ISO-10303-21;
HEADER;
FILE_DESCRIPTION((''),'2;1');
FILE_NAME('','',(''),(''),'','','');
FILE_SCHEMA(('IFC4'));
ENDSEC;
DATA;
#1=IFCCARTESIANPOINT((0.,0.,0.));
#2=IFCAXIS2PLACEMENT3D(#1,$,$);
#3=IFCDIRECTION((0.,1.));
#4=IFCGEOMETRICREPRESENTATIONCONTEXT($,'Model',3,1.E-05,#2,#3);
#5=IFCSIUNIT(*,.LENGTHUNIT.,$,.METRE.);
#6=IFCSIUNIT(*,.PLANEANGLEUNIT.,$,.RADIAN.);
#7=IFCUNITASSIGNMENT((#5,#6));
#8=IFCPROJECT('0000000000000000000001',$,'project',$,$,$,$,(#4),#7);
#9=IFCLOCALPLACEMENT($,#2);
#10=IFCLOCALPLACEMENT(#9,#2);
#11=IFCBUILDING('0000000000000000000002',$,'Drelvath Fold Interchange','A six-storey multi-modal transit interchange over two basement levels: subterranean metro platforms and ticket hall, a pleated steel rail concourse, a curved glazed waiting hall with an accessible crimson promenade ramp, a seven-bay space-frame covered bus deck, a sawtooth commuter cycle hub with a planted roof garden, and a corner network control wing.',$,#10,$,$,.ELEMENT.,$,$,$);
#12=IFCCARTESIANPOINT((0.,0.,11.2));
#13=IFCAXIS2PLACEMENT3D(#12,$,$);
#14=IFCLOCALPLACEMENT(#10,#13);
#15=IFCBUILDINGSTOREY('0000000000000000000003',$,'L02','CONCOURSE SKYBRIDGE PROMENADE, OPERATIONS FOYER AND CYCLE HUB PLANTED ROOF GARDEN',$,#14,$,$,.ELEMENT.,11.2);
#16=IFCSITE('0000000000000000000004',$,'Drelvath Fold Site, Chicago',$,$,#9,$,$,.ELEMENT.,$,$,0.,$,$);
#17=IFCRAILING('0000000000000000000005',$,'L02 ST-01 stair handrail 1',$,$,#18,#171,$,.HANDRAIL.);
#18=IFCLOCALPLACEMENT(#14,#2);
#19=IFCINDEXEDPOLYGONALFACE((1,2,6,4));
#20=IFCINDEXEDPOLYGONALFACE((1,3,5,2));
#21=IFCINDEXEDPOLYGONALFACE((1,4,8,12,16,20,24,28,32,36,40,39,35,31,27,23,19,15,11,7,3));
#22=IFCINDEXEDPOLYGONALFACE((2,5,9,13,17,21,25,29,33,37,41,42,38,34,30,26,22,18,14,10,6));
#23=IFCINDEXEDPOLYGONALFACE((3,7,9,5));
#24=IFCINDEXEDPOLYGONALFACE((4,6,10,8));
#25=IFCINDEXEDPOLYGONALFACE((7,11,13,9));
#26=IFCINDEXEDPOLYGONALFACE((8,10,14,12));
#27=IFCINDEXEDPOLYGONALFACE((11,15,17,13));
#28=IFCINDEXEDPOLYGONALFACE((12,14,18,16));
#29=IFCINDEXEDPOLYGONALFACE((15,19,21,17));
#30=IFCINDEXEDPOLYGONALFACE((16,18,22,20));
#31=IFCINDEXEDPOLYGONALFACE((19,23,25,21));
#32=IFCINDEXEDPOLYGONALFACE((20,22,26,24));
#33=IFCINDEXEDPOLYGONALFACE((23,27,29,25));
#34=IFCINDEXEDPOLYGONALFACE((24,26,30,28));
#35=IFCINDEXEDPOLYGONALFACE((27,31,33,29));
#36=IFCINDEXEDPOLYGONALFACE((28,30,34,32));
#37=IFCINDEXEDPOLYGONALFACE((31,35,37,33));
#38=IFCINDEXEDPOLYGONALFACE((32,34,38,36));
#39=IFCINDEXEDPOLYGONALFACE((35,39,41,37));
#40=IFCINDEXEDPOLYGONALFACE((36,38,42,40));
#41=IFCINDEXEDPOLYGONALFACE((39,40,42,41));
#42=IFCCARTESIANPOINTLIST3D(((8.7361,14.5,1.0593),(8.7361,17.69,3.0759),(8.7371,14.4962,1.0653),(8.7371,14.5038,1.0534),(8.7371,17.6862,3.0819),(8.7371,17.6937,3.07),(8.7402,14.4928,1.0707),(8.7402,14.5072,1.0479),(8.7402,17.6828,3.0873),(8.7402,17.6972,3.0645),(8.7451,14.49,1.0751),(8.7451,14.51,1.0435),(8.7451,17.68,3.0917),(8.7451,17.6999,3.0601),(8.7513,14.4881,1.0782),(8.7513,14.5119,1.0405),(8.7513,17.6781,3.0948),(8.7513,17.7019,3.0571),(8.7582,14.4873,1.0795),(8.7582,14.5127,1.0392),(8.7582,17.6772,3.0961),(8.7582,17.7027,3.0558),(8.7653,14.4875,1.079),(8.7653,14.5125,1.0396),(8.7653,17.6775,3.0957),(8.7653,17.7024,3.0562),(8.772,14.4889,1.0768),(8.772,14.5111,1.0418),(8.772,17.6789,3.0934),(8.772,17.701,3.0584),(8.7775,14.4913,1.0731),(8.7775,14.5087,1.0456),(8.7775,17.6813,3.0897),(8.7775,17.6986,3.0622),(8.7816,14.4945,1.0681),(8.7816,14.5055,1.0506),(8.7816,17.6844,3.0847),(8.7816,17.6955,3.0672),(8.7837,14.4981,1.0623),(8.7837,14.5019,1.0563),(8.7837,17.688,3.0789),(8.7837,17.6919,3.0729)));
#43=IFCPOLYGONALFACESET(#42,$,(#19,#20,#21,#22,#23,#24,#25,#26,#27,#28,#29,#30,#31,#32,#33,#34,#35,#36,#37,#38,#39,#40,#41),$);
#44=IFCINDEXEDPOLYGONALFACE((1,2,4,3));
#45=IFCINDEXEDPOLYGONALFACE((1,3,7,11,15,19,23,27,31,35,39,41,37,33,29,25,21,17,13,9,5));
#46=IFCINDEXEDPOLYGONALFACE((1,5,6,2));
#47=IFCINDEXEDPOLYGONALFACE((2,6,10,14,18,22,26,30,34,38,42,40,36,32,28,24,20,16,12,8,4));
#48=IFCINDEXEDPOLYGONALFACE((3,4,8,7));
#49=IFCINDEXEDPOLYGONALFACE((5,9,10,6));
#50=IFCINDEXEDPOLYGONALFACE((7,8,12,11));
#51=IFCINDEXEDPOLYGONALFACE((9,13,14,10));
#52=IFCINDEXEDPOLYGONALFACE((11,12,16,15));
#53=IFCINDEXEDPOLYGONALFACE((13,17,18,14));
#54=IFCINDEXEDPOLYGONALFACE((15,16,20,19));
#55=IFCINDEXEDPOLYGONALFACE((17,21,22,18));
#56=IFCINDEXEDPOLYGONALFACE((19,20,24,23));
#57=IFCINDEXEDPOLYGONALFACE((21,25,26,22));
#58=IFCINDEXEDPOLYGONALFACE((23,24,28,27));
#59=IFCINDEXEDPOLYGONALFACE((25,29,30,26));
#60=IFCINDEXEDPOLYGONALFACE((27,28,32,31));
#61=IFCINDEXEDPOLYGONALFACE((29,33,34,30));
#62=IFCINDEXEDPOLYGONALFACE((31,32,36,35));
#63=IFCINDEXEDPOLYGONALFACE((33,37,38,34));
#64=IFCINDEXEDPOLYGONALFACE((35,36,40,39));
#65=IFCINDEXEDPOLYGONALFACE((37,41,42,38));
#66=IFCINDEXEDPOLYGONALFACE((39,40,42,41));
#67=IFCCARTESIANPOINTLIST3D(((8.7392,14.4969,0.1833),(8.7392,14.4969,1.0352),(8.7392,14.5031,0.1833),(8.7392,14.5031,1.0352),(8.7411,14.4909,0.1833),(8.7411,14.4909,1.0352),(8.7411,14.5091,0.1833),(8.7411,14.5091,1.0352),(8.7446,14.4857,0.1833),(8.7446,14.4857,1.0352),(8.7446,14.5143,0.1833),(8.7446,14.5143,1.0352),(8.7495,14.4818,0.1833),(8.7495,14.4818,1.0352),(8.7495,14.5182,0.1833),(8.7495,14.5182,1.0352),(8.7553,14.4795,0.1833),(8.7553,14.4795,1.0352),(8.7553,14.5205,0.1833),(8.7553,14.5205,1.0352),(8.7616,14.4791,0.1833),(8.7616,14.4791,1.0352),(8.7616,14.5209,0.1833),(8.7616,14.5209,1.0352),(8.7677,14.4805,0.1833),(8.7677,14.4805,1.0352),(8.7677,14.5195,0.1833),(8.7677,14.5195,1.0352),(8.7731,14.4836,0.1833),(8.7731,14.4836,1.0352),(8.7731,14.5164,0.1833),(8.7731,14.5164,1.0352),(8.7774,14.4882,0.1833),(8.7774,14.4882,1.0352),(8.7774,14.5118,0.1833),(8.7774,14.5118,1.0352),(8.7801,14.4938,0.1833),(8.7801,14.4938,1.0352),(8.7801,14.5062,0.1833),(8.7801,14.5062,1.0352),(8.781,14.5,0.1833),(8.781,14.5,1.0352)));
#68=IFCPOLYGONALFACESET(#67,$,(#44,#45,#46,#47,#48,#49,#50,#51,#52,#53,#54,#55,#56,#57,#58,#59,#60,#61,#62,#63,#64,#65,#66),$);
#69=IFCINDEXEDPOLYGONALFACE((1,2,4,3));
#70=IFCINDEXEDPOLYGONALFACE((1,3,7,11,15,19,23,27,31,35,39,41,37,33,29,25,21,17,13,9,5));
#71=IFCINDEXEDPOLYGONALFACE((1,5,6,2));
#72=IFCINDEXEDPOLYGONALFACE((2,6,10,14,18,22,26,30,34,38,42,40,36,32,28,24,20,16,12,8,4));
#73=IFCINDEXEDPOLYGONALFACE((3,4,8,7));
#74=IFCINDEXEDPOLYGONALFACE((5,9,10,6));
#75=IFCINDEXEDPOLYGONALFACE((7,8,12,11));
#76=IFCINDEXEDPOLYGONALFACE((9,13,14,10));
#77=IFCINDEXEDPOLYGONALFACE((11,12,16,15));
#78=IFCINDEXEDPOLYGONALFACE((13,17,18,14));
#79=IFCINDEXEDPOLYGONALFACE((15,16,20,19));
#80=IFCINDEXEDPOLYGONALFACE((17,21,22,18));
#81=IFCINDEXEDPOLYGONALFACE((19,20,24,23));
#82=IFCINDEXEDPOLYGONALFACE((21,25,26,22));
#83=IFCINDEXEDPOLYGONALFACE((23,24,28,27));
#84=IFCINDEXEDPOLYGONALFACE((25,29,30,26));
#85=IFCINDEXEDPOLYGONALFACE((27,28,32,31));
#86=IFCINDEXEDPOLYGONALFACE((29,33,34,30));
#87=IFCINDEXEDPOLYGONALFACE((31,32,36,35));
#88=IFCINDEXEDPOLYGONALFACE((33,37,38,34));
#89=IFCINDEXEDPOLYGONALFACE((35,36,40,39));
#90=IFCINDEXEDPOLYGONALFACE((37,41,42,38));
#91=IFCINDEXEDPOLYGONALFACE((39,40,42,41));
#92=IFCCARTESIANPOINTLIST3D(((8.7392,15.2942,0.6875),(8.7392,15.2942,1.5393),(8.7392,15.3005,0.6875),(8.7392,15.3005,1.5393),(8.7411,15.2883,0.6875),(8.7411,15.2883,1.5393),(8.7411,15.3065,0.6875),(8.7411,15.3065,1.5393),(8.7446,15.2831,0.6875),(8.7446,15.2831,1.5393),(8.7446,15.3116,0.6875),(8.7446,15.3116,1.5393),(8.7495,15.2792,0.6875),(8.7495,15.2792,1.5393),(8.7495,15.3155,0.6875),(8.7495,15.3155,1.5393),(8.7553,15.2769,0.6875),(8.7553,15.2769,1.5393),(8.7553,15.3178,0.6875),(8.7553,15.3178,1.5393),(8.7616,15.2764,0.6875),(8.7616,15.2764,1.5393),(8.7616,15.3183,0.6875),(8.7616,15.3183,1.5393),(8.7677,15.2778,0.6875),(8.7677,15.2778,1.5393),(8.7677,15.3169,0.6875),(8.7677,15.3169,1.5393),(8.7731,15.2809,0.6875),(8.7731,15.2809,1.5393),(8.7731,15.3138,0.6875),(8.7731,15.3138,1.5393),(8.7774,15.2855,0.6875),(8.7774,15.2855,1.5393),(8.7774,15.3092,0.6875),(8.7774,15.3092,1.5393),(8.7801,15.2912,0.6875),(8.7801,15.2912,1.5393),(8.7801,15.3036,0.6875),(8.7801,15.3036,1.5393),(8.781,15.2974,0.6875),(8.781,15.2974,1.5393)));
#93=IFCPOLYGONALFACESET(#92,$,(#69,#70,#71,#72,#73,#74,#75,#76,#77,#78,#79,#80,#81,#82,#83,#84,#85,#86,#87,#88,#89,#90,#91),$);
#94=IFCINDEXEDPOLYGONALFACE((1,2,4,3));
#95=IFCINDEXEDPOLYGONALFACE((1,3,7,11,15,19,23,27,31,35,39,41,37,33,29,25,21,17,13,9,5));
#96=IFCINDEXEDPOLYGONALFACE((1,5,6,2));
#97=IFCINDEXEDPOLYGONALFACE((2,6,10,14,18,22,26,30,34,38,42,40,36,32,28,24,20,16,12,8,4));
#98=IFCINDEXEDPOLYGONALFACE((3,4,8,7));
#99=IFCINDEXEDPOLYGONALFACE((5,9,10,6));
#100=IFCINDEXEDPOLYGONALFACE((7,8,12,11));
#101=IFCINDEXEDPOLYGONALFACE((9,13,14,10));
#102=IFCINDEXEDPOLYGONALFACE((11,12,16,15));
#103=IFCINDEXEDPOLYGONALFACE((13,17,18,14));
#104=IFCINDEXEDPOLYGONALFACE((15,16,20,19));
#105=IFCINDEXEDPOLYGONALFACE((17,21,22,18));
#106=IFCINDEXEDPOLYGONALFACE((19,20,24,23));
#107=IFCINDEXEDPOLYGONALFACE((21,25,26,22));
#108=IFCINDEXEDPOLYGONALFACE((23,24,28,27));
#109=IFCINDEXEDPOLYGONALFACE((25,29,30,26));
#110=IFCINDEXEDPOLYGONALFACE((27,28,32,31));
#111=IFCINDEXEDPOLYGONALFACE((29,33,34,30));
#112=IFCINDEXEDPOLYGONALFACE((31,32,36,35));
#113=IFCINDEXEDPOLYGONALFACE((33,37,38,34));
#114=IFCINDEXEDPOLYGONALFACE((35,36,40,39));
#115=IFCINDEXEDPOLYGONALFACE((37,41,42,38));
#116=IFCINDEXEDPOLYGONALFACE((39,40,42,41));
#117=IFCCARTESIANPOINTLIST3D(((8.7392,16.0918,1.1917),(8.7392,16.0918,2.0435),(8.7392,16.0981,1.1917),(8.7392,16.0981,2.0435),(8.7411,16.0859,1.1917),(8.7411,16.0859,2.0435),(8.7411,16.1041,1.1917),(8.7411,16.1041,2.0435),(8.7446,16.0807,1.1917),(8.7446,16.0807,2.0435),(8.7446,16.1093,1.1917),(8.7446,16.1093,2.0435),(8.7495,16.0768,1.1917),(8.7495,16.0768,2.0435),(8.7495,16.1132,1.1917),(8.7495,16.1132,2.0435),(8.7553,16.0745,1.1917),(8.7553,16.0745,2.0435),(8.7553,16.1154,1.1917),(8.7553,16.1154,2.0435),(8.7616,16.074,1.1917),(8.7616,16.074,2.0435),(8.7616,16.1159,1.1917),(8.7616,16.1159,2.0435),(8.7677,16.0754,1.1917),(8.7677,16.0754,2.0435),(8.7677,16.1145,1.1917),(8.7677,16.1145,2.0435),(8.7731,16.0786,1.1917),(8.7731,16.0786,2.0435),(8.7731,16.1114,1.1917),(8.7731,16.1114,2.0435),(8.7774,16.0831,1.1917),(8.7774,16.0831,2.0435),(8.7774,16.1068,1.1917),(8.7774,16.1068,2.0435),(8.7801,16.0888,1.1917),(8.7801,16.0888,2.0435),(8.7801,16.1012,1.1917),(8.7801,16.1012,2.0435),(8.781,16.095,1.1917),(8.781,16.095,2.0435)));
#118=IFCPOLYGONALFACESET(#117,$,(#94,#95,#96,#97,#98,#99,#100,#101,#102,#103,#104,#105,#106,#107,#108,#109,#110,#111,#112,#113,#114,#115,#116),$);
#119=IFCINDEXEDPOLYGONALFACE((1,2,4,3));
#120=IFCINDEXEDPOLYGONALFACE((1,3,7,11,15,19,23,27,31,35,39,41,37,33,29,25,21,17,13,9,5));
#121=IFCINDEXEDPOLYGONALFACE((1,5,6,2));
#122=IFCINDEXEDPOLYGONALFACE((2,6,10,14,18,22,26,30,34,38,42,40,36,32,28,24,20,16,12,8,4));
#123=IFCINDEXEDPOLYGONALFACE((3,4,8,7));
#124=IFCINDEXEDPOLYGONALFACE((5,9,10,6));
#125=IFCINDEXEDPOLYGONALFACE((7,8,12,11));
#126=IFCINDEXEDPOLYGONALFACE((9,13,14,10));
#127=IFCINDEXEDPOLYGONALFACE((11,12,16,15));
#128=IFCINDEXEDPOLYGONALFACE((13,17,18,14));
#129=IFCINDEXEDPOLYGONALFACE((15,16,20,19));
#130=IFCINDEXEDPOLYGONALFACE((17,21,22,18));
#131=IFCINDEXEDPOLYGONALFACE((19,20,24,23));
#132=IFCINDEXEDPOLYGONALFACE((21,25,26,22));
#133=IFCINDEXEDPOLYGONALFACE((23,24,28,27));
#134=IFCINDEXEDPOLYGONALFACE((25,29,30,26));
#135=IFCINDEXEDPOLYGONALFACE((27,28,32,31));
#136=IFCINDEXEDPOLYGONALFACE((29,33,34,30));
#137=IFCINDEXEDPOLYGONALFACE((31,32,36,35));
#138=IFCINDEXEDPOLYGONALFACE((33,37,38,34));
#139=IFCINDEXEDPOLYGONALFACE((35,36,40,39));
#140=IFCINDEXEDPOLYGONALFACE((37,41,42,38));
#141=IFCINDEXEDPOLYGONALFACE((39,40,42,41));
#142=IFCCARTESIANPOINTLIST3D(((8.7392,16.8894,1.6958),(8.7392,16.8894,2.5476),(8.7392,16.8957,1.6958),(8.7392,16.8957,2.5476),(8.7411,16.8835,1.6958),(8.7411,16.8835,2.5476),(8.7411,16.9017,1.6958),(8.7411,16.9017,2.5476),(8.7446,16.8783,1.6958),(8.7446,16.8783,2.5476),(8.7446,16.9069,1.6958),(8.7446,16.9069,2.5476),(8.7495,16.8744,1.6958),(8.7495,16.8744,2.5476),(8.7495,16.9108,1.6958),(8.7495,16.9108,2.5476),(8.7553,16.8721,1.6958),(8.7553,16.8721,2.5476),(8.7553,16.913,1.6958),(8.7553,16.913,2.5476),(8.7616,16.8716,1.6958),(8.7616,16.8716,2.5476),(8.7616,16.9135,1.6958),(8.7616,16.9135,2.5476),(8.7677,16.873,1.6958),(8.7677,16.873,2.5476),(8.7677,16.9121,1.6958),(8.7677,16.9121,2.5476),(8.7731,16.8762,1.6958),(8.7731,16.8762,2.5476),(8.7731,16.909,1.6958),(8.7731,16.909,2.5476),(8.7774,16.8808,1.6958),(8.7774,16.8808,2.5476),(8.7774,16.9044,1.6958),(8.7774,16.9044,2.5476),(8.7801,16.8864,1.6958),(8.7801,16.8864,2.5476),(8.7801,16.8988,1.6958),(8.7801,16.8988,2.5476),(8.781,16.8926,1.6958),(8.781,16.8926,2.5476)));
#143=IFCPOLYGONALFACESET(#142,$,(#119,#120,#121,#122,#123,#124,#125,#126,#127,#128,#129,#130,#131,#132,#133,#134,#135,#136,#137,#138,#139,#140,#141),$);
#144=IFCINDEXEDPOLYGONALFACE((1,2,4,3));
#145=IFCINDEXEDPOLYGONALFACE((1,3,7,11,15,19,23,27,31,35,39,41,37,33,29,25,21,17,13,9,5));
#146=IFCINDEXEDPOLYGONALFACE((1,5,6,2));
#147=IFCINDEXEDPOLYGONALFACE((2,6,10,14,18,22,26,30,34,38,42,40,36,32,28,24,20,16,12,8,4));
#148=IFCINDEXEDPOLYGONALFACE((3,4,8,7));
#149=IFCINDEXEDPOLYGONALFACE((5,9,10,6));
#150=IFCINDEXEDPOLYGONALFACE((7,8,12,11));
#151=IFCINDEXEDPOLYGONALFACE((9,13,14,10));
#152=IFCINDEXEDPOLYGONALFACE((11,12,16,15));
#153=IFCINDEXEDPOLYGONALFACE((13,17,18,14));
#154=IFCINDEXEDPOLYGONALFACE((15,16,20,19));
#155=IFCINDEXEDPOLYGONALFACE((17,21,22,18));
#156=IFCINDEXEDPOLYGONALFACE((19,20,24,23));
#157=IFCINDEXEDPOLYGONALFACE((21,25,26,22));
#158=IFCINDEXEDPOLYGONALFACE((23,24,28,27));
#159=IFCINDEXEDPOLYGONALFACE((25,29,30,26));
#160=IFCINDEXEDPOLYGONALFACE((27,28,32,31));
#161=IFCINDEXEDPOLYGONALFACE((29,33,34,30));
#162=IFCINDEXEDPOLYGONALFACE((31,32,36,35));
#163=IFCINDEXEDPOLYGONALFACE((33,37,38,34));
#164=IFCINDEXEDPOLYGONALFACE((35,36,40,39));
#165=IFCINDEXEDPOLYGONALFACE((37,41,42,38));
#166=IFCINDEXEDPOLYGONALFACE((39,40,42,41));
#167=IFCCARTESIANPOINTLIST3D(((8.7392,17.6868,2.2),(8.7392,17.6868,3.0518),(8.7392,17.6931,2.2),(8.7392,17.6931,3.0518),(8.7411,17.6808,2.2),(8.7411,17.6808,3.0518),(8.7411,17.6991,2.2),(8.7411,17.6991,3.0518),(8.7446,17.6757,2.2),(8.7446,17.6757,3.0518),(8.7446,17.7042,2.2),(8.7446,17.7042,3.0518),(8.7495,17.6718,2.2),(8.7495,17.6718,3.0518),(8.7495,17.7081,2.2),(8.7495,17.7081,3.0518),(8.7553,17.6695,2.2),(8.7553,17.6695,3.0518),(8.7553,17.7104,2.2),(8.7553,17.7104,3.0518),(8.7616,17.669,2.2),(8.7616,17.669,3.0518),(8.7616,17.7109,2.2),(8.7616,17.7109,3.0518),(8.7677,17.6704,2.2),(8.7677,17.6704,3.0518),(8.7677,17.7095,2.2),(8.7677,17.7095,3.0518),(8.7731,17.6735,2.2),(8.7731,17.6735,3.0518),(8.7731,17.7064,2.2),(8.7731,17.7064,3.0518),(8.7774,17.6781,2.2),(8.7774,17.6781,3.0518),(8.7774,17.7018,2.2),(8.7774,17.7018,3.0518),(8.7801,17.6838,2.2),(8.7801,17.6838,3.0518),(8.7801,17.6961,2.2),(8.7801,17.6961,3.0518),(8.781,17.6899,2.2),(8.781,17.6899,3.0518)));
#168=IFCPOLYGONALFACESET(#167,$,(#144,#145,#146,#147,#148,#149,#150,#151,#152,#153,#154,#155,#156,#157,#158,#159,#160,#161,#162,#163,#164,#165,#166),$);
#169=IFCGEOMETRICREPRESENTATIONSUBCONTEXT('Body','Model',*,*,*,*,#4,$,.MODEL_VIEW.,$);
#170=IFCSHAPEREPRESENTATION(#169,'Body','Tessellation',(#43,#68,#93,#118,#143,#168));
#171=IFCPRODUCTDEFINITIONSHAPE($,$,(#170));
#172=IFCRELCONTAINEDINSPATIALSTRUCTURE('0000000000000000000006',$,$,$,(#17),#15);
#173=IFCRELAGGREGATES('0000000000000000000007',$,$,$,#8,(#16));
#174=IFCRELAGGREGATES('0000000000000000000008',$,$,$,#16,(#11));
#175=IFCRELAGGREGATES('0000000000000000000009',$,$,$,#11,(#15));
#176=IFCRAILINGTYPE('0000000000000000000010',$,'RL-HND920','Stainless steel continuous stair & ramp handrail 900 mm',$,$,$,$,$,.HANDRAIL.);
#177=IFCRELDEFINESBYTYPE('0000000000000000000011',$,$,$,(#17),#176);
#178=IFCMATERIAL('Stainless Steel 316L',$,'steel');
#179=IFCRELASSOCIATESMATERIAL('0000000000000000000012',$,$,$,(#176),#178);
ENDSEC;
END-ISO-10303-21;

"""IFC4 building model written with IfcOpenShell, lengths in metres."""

from ifc_helpers import new_model, si_unit, direction, frame, origin, origin_2d, place, context, subcontext, project, spatial, circle, extrude, material, type_object, element, save


model = new_model("IFC4")

# Units and contexts
model_context = context("Model", 3, precision=1e-05, world=origin(), true_north=direction((0.0, 1.0)))
body_context = subcontext(model_context, "Body", "Model", "MODEL_VIEW")
ifc_project = project(units=[si_unit("LENGTHUNIT", "METRE"), si_unit("PLANEANGLEUNIT", "RADIAN")], contexts=[model_context])

# Site, building, storey
site_placement = place(None, origin())
site = spatial("IfcSite", under=ifc_project, at=site_placement, Name="Drelvath Fold Site, Chicago", CompositionType="ELEMENT", RefElevation=0.0)
building_placement = place(site_placement, origin())
building = spatial("IfcBuilding", under=site, at=building_placement, Name="Drelvath Fold Interchange", Description="A six-storey multi-modal transit interchange over two basement levels: subterranean metro platforms and ticket hall, a pleated steel rail concourse, a curved glazed waiting hall with an accessible crimson promenade ramp, a seven-bay space-frame covered bus deck, a sawtooth commuter cycle hub with a planted roof garden, and a corner network control wing.", CompositionType="ELEMENT")
storey_placement = place(building_placement, frame((0.0, 0.0, 11.2)))
storey = spatial("IfcBuildingStorey", under=building, at=storey_placement, Name="L02", Description="CONCOURSE SKYBRIDGE PROMENADE, OPERATIONS FOYER AND CYCLE HUB PLANTED ROOF GARDEN", CompositionType="ELEMENT", Elevation=11.2)

# Railing
ifc_material_1 = material(Name="Stainless Steel 316L", Category="steel")
railing_type_1 = type_object("IfcRailingType", Name="RL-HND920", Description="Stainless steel continuous stair & ramp handrail 900 mm", PredefinedType="HANDRAIL", material=ifc_material_1)
railing_1_placement = place(storey_placement, frame((8.76, 14.5, 0.1833)))
element("IfcRailing", 1, at=railing_1_placement, inside=storey, type_object=railing_type_1, Name="L02 ST-01 stair handrail 1", PredefinedType="HANDRAIL", context=body_context, shape_type="SweptSolid", body=[
    extrude(circle(Radius=0.0239, at=origin_2d()), frame((0.0, 0.0, 0.876), z_axis=(0.0, 0.845261, 0.534353), x_axis=(-1.0, 0.0, 0.0)), (0.0, 0.0, 1.0), 3.7739),
    extrude(circle(Radius=0.021, at=origin_2d()), origin(), (0.0, 0.0, 1.0), 0.8518),
    extrude(circle(Radius=0.021, at=origin_2d()), frame((0.0, 0.7974, 0.5042)), (0.0, 0.0, 1.0), 0.8518),
    extrude(circle(Radius=0.021, at=origin_2d()), frame((0.0, 1.595, 1.0083)), (0.0, 0.0, 1.0), 0.8518),
    extrude(circle(Radius=0.021, at=origin_2d()), frame((0.0, 2.3926, 1.5125)), (0.0, 0.0, 1.0), 0.8518),
    extrude(circle(Radius=0.021, at=origin_2d()), frame((0.0, 3.1899, 2.0166)), (0.0, 0.0, 1.0), 0.8518),
])

save(model, "model.ifc")
